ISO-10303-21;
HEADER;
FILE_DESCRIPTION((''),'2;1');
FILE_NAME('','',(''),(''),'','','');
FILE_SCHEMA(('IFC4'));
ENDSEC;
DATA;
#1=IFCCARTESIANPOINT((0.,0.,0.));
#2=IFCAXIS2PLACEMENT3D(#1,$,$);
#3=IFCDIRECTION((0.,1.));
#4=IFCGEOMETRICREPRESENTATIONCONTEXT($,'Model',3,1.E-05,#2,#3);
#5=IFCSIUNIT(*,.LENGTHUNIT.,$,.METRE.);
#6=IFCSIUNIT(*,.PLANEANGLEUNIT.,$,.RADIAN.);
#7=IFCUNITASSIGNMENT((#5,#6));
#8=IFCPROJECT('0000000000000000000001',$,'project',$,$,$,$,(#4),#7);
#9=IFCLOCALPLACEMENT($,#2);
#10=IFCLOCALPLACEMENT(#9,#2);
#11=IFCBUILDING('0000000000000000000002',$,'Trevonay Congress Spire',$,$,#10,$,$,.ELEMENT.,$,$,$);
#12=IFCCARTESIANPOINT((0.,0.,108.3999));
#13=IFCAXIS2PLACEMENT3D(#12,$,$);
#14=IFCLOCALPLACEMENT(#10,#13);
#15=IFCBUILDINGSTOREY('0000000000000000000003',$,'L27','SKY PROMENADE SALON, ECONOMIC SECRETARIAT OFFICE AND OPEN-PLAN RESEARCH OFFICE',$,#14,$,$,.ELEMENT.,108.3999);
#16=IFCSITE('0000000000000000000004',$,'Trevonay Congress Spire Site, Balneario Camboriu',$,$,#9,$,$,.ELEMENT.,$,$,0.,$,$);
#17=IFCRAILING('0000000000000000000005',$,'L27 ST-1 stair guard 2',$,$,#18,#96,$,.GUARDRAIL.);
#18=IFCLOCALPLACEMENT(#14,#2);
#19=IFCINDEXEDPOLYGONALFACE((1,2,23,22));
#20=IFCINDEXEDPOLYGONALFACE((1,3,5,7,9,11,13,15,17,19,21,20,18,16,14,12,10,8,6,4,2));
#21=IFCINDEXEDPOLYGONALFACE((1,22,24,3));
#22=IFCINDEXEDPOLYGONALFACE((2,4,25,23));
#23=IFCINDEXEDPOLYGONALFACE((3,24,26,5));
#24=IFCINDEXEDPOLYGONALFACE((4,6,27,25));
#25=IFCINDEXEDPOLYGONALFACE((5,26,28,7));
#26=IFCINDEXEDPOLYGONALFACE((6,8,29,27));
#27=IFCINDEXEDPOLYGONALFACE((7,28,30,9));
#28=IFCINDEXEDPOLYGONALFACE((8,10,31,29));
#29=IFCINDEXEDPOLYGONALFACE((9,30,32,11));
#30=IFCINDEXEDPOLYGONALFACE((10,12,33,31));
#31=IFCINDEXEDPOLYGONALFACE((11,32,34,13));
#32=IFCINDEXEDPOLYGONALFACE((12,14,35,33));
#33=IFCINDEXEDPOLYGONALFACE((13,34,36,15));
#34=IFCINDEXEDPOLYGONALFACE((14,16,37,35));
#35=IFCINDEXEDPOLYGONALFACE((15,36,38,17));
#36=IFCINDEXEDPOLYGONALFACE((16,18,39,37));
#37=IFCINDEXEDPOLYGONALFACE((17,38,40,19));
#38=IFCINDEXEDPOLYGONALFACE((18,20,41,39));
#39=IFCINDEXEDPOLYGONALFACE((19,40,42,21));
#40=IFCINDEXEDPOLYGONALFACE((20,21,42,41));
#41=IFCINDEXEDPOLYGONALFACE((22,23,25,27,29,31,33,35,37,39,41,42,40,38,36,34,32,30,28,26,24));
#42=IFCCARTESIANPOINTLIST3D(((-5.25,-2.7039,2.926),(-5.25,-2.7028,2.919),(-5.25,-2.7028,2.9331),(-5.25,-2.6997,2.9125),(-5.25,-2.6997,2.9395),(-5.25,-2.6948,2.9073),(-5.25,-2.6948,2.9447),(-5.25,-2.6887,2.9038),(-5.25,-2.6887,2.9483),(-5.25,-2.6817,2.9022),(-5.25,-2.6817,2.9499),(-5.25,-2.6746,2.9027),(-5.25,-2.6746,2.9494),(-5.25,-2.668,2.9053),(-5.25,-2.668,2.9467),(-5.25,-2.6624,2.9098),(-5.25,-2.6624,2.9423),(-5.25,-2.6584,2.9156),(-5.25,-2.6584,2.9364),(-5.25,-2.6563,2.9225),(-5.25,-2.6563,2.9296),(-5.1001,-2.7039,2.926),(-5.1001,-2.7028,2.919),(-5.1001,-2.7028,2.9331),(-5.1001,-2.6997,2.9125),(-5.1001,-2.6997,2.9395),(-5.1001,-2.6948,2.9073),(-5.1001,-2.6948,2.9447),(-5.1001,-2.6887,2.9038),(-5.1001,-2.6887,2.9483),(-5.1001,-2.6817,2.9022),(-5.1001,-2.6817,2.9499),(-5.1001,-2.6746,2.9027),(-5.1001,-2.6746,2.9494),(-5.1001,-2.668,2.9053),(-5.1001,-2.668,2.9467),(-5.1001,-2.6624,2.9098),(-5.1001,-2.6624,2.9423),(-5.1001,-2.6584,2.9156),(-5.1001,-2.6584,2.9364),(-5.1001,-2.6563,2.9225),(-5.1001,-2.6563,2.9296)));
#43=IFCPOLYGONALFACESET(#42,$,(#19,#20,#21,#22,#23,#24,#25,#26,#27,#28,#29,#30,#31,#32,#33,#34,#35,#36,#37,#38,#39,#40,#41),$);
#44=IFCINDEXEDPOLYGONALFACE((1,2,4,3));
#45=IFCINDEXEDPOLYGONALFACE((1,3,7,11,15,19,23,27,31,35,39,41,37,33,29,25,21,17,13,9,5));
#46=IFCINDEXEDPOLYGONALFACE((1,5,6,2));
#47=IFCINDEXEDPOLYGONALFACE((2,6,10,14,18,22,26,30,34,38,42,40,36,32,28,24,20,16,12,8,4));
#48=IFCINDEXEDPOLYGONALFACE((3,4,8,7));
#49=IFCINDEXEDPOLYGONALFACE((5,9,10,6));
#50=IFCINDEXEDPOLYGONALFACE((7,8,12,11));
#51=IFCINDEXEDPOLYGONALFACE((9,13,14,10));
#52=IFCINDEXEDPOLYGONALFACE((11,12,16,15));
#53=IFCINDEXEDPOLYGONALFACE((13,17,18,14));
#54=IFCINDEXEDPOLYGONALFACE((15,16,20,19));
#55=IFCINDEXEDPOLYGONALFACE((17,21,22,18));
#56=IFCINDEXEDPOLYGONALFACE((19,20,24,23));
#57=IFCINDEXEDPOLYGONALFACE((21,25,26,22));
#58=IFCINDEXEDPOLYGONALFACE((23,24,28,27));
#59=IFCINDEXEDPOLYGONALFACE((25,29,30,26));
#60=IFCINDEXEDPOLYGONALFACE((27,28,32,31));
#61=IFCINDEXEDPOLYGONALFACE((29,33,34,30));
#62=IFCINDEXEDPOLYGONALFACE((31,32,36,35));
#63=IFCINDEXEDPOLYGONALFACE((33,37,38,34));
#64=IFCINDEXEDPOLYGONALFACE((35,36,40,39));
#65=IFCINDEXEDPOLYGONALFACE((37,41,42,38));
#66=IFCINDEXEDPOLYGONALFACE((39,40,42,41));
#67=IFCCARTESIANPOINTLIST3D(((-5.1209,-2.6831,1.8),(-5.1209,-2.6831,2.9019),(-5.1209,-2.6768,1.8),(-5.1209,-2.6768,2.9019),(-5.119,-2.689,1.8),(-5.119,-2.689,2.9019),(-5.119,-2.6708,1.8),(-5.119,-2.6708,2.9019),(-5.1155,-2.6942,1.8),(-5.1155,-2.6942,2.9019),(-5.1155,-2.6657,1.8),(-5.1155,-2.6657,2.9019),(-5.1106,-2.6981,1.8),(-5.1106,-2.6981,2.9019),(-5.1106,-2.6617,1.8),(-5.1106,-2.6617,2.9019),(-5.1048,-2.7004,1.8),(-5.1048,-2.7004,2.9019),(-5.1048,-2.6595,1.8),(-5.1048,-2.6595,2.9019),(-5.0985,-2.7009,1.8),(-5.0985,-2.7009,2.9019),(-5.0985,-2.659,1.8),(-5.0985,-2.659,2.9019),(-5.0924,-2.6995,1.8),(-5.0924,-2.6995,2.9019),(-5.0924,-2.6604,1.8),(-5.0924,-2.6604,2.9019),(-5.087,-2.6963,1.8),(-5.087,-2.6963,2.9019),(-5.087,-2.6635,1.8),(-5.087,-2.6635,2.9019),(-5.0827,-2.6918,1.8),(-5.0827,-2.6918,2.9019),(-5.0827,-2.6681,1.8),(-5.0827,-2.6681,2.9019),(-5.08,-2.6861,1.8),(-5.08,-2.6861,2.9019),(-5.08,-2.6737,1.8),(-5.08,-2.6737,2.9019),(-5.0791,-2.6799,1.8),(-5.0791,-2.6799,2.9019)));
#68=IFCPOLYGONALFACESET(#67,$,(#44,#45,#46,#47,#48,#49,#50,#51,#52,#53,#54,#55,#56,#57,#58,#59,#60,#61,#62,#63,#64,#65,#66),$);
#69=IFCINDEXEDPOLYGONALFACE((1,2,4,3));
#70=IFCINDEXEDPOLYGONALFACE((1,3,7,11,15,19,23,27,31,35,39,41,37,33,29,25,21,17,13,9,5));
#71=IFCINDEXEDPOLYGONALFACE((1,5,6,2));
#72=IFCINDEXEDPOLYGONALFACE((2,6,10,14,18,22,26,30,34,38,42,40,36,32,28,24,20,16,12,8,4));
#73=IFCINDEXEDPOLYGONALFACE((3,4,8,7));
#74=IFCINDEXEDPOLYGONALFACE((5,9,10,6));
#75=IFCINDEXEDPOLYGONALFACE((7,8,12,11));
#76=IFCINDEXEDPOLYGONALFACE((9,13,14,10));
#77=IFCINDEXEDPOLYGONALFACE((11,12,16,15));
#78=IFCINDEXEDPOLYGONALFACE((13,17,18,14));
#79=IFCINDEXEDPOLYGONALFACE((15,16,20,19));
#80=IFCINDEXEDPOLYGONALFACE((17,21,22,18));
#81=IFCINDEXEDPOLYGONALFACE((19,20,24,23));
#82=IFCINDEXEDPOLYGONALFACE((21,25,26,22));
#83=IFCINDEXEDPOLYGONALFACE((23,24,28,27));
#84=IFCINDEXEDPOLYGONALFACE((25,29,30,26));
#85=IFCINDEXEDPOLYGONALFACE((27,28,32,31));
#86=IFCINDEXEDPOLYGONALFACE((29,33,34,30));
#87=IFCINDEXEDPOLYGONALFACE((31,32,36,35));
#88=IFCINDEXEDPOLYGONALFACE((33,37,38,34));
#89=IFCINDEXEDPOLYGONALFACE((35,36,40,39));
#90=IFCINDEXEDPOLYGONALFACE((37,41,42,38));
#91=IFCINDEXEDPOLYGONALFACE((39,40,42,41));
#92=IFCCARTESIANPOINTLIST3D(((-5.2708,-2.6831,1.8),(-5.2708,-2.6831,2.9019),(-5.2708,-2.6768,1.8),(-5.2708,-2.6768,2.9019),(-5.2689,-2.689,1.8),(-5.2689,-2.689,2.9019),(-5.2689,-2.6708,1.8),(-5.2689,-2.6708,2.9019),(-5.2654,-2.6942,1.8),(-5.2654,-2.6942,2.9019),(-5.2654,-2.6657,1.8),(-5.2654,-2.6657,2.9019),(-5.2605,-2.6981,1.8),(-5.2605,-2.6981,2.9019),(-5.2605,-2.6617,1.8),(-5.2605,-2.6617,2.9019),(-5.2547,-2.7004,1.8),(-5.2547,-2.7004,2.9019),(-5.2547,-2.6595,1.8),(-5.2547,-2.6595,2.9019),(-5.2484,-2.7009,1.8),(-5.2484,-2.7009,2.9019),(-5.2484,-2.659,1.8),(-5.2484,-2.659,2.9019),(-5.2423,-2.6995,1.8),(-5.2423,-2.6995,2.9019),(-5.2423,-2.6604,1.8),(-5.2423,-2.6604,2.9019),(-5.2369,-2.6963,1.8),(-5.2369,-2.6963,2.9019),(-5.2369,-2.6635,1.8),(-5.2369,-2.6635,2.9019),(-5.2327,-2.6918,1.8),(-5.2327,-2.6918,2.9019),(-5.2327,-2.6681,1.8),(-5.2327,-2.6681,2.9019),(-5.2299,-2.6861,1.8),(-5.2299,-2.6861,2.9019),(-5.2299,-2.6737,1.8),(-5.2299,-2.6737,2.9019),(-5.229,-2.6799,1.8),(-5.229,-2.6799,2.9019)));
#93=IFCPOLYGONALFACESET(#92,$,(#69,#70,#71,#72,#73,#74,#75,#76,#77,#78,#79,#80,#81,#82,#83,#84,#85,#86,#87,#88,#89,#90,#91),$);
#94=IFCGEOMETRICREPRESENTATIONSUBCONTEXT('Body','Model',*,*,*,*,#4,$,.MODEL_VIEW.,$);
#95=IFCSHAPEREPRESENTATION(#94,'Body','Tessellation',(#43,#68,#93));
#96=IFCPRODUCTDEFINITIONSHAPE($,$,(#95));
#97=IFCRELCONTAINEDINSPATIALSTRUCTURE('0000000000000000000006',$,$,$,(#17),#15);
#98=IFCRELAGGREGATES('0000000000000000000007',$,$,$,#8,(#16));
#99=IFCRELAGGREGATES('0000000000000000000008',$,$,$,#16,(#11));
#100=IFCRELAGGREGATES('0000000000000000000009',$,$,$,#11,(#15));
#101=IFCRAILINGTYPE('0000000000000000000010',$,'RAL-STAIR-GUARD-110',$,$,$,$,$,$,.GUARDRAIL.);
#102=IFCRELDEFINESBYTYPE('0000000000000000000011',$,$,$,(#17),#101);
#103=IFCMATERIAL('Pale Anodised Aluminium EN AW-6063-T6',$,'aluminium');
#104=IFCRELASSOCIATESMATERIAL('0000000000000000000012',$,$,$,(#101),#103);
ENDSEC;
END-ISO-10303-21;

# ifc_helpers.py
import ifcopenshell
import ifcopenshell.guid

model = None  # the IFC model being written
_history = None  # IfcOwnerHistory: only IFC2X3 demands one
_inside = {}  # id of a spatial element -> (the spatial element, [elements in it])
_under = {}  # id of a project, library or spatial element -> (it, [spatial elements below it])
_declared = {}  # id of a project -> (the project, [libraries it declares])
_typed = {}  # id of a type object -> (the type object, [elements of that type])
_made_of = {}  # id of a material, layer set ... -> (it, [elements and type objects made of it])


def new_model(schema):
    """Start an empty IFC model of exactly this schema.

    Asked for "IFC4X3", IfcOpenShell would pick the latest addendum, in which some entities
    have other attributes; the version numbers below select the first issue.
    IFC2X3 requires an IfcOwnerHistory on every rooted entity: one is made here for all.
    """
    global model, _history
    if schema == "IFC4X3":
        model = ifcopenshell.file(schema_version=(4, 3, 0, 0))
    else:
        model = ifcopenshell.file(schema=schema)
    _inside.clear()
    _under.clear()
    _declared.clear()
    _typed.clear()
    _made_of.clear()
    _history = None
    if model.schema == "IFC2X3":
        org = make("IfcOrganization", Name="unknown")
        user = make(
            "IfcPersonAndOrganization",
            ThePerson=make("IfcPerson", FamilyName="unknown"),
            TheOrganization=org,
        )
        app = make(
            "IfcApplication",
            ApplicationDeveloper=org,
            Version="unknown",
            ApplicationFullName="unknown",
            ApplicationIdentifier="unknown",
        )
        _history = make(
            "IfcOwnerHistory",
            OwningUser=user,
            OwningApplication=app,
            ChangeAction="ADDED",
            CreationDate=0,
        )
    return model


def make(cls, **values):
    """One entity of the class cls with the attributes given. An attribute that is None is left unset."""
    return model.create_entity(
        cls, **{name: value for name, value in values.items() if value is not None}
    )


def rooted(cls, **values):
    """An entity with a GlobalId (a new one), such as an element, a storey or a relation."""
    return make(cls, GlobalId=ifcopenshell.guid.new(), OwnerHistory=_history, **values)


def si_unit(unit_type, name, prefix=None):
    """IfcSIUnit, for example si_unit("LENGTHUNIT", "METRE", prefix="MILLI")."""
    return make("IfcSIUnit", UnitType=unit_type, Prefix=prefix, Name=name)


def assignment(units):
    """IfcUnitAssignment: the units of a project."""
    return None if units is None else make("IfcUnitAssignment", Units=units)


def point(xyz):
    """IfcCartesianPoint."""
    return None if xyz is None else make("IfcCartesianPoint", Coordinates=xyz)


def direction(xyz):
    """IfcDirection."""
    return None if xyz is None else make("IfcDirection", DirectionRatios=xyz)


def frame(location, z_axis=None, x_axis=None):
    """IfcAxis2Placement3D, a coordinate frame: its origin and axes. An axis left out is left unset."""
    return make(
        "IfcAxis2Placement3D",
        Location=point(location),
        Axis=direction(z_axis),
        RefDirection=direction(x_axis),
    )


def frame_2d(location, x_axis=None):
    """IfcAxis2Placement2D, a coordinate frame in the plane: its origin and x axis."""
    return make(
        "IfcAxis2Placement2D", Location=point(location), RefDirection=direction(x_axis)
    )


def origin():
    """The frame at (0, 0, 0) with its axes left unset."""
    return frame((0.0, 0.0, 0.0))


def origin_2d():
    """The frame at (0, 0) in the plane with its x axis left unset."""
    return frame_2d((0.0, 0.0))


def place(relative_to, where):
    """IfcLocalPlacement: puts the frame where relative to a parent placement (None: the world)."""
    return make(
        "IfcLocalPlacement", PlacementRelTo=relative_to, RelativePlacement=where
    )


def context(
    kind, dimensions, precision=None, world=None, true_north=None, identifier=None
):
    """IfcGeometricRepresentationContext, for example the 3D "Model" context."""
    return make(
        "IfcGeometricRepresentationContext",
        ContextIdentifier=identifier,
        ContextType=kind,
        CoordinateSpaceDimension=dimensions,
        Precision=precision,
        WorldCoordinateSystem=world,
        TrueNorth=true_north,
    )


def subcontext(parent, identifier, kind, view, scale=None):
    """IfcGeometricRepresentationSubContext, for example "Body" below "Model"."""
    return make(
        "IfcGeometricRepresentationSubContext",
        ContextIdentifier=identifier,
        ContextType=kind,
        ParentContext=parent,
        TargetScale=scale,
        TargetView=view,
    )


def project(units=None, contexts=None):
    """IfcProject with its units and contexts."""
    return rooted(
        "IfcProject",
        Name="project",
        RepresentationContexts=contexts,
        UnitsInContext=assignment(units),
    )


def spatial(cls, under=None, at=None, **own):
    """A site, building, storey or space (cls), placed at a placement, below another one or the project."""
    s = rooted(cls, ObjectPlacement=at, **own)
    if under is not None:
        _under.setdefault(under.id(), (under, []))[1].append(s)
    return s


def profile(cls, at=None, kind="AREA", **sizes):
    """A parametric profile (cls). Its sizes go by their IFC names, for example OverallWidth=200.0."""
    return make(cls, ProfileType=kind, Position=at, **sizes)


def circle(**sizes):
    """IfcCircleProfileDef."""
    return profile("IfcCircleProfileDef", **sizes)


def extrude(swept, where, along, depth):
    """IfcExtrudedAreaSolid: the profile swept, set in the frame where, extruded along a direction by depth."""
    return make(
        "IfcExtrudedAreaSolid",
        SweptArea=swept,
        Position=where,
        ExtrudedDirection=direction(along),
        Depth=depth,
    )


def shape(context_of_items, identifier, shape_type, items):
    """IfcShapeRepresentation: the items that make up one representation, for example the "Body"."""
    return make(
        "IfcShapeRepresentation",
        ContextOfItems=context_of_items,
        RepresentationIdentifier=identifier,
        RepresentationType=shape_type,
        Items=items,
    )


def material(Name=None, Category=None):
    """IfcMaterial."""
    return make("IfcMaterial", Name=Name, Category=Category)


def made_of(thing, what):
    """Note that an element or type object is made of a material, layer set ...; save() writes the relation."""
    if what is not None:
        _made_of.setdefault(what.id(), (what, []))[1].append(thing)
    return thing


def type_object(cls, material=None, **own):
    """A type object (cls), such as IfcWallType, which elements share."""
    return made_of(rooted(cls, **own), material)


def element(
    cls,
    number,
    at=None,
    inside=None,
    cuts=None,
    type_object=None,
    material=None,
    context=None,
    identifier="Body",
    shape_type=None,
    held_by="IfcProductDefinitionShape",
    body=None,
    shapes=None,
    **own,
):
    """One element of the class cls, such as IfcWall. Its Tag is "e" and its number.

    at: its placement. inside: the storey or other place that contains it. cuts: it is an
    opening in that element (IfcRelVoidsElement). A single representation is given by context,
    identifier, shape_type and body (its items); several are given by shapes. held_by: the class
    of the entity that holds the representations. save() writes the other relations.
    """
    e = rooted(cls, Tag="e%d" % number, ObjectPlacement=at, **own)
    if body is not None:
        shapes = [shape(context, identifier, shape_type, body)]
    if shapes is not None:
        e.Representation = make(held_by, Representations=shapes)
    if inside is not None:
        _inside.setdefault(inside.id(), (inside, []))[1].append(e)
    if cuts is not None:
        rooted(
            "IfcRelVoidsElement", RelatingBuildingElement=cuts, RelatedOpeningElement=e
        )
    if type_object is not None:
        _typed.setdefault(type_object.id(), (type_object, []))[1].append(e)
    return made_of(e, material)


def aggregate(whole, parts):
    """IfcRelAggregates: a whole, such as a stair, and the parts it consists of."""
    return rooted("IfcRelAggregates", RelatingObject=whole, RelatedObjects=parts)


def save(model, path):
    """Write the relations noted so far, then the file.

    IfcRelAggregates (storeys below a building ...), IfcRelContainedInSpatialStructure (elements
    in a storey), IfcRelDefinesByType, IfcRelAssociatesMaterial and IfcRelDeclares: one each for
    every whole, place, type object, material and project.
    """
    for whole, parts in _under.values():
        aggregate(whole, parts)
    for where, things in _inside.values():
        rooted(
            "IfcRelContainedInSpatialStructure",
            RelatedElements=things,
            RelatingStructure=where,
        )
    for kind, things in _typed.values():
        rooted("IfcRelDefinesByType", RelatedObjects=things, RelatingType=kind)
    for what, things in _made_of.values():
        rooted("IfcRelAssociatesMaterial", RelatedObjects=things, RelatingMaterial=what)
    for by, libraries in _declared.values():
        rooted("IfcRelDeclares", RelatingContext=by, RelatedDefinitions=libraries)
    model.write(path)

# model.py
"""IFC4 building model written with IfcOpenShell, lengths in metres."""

from ifc_helpers import new_model, si_unit, direction, frame, origin, origin_2d, place, context, subcontext, project, spatial, circle, extrude, material, type_object, element, save


model = new_model("IFC4")

# Units and contexts
model_context = context("Model", 3, precision=1e-05, world=origin(), true_north=direction((0.0, 1.0)))
body_context = subcontext(model_context, "Body", "Model", "MODEL_VIEW")
ifc_project = project(units=[si_unit("LENGTHUNIT", "METRE"), si_unit("PLANEANGLEUNIT", "RADIAN")], contexts=[model_context])

# Site, building, storey
site_placement = place(None, origin())
site = spatial("IfcSite", under=ifc_project, at=site_placement, Name="Trevonay Congress Spire Site, Balneario Camboriu", CompositionType="ELEMENT", RefElevation=0.0)
building_placement = place(site_placement, origin())
building = spatial("IfcBuilding", under=site, at=building_placement, Name="Trevonay Congress Spire", CompositionType="ELEMENT")
storey_placement = place(building_placement, frame((0.0, 0.0, 108.3999)))
storey = spatial("IfcBuildingStorey", under=building, at=storey_placement, Name="L27", Description="SKY PROMENADE SALON, ECONOMIC SECRETARIAT OFFICE AND OPEN-PLAN RESEARCH OFFICE", CompositionType="ELEMENT", Elevation=108.3999)

# Shared definitions
ifc_material_1 = material(Name="Pale Anodised Aluminium EN AW-6063-T6", Category="aluminium")

# Railing
railing_type_1 = type_object("IfcRailingType", Name="RAL-STAIR-GUARD-110", PredefinedType="GUARDRAIL", material=ifc_material_1)
railing_1_placement = place(storey_placement, frame((-5.1001, -2.6799, 1.8)))
element("IfcRailing", 1, at=railing_1_placement, inside=storey, type_object=railing_type_1, Name="L27 ST-1 stair guard 2", PredefinedType="GUARDRAIL", context=body_context, shape_type="SweptSolid", body=[
    extrude(circle(Radius=0.0239, at=origin_2d()), frame((0.0, 0.0, 1.126), z_axis=(-1.0, 0.0, 0.0), x_axis=(0.0, -1.0, 0.0)), (0.0, 0.0, 1.0), 0.1499),
    extrude(circle(Radius=0.021, at=origin_2d()), origin(), (0.0, 0.0, 1.0), 1.1018),
    extrude(circle(Radius=0.021, at=origin_2d()), frame((-0.1499, 0.0, 0.0)), (0.0, 0.0, 1.0), 1.1018),
])

save(model, "model.ifc")
